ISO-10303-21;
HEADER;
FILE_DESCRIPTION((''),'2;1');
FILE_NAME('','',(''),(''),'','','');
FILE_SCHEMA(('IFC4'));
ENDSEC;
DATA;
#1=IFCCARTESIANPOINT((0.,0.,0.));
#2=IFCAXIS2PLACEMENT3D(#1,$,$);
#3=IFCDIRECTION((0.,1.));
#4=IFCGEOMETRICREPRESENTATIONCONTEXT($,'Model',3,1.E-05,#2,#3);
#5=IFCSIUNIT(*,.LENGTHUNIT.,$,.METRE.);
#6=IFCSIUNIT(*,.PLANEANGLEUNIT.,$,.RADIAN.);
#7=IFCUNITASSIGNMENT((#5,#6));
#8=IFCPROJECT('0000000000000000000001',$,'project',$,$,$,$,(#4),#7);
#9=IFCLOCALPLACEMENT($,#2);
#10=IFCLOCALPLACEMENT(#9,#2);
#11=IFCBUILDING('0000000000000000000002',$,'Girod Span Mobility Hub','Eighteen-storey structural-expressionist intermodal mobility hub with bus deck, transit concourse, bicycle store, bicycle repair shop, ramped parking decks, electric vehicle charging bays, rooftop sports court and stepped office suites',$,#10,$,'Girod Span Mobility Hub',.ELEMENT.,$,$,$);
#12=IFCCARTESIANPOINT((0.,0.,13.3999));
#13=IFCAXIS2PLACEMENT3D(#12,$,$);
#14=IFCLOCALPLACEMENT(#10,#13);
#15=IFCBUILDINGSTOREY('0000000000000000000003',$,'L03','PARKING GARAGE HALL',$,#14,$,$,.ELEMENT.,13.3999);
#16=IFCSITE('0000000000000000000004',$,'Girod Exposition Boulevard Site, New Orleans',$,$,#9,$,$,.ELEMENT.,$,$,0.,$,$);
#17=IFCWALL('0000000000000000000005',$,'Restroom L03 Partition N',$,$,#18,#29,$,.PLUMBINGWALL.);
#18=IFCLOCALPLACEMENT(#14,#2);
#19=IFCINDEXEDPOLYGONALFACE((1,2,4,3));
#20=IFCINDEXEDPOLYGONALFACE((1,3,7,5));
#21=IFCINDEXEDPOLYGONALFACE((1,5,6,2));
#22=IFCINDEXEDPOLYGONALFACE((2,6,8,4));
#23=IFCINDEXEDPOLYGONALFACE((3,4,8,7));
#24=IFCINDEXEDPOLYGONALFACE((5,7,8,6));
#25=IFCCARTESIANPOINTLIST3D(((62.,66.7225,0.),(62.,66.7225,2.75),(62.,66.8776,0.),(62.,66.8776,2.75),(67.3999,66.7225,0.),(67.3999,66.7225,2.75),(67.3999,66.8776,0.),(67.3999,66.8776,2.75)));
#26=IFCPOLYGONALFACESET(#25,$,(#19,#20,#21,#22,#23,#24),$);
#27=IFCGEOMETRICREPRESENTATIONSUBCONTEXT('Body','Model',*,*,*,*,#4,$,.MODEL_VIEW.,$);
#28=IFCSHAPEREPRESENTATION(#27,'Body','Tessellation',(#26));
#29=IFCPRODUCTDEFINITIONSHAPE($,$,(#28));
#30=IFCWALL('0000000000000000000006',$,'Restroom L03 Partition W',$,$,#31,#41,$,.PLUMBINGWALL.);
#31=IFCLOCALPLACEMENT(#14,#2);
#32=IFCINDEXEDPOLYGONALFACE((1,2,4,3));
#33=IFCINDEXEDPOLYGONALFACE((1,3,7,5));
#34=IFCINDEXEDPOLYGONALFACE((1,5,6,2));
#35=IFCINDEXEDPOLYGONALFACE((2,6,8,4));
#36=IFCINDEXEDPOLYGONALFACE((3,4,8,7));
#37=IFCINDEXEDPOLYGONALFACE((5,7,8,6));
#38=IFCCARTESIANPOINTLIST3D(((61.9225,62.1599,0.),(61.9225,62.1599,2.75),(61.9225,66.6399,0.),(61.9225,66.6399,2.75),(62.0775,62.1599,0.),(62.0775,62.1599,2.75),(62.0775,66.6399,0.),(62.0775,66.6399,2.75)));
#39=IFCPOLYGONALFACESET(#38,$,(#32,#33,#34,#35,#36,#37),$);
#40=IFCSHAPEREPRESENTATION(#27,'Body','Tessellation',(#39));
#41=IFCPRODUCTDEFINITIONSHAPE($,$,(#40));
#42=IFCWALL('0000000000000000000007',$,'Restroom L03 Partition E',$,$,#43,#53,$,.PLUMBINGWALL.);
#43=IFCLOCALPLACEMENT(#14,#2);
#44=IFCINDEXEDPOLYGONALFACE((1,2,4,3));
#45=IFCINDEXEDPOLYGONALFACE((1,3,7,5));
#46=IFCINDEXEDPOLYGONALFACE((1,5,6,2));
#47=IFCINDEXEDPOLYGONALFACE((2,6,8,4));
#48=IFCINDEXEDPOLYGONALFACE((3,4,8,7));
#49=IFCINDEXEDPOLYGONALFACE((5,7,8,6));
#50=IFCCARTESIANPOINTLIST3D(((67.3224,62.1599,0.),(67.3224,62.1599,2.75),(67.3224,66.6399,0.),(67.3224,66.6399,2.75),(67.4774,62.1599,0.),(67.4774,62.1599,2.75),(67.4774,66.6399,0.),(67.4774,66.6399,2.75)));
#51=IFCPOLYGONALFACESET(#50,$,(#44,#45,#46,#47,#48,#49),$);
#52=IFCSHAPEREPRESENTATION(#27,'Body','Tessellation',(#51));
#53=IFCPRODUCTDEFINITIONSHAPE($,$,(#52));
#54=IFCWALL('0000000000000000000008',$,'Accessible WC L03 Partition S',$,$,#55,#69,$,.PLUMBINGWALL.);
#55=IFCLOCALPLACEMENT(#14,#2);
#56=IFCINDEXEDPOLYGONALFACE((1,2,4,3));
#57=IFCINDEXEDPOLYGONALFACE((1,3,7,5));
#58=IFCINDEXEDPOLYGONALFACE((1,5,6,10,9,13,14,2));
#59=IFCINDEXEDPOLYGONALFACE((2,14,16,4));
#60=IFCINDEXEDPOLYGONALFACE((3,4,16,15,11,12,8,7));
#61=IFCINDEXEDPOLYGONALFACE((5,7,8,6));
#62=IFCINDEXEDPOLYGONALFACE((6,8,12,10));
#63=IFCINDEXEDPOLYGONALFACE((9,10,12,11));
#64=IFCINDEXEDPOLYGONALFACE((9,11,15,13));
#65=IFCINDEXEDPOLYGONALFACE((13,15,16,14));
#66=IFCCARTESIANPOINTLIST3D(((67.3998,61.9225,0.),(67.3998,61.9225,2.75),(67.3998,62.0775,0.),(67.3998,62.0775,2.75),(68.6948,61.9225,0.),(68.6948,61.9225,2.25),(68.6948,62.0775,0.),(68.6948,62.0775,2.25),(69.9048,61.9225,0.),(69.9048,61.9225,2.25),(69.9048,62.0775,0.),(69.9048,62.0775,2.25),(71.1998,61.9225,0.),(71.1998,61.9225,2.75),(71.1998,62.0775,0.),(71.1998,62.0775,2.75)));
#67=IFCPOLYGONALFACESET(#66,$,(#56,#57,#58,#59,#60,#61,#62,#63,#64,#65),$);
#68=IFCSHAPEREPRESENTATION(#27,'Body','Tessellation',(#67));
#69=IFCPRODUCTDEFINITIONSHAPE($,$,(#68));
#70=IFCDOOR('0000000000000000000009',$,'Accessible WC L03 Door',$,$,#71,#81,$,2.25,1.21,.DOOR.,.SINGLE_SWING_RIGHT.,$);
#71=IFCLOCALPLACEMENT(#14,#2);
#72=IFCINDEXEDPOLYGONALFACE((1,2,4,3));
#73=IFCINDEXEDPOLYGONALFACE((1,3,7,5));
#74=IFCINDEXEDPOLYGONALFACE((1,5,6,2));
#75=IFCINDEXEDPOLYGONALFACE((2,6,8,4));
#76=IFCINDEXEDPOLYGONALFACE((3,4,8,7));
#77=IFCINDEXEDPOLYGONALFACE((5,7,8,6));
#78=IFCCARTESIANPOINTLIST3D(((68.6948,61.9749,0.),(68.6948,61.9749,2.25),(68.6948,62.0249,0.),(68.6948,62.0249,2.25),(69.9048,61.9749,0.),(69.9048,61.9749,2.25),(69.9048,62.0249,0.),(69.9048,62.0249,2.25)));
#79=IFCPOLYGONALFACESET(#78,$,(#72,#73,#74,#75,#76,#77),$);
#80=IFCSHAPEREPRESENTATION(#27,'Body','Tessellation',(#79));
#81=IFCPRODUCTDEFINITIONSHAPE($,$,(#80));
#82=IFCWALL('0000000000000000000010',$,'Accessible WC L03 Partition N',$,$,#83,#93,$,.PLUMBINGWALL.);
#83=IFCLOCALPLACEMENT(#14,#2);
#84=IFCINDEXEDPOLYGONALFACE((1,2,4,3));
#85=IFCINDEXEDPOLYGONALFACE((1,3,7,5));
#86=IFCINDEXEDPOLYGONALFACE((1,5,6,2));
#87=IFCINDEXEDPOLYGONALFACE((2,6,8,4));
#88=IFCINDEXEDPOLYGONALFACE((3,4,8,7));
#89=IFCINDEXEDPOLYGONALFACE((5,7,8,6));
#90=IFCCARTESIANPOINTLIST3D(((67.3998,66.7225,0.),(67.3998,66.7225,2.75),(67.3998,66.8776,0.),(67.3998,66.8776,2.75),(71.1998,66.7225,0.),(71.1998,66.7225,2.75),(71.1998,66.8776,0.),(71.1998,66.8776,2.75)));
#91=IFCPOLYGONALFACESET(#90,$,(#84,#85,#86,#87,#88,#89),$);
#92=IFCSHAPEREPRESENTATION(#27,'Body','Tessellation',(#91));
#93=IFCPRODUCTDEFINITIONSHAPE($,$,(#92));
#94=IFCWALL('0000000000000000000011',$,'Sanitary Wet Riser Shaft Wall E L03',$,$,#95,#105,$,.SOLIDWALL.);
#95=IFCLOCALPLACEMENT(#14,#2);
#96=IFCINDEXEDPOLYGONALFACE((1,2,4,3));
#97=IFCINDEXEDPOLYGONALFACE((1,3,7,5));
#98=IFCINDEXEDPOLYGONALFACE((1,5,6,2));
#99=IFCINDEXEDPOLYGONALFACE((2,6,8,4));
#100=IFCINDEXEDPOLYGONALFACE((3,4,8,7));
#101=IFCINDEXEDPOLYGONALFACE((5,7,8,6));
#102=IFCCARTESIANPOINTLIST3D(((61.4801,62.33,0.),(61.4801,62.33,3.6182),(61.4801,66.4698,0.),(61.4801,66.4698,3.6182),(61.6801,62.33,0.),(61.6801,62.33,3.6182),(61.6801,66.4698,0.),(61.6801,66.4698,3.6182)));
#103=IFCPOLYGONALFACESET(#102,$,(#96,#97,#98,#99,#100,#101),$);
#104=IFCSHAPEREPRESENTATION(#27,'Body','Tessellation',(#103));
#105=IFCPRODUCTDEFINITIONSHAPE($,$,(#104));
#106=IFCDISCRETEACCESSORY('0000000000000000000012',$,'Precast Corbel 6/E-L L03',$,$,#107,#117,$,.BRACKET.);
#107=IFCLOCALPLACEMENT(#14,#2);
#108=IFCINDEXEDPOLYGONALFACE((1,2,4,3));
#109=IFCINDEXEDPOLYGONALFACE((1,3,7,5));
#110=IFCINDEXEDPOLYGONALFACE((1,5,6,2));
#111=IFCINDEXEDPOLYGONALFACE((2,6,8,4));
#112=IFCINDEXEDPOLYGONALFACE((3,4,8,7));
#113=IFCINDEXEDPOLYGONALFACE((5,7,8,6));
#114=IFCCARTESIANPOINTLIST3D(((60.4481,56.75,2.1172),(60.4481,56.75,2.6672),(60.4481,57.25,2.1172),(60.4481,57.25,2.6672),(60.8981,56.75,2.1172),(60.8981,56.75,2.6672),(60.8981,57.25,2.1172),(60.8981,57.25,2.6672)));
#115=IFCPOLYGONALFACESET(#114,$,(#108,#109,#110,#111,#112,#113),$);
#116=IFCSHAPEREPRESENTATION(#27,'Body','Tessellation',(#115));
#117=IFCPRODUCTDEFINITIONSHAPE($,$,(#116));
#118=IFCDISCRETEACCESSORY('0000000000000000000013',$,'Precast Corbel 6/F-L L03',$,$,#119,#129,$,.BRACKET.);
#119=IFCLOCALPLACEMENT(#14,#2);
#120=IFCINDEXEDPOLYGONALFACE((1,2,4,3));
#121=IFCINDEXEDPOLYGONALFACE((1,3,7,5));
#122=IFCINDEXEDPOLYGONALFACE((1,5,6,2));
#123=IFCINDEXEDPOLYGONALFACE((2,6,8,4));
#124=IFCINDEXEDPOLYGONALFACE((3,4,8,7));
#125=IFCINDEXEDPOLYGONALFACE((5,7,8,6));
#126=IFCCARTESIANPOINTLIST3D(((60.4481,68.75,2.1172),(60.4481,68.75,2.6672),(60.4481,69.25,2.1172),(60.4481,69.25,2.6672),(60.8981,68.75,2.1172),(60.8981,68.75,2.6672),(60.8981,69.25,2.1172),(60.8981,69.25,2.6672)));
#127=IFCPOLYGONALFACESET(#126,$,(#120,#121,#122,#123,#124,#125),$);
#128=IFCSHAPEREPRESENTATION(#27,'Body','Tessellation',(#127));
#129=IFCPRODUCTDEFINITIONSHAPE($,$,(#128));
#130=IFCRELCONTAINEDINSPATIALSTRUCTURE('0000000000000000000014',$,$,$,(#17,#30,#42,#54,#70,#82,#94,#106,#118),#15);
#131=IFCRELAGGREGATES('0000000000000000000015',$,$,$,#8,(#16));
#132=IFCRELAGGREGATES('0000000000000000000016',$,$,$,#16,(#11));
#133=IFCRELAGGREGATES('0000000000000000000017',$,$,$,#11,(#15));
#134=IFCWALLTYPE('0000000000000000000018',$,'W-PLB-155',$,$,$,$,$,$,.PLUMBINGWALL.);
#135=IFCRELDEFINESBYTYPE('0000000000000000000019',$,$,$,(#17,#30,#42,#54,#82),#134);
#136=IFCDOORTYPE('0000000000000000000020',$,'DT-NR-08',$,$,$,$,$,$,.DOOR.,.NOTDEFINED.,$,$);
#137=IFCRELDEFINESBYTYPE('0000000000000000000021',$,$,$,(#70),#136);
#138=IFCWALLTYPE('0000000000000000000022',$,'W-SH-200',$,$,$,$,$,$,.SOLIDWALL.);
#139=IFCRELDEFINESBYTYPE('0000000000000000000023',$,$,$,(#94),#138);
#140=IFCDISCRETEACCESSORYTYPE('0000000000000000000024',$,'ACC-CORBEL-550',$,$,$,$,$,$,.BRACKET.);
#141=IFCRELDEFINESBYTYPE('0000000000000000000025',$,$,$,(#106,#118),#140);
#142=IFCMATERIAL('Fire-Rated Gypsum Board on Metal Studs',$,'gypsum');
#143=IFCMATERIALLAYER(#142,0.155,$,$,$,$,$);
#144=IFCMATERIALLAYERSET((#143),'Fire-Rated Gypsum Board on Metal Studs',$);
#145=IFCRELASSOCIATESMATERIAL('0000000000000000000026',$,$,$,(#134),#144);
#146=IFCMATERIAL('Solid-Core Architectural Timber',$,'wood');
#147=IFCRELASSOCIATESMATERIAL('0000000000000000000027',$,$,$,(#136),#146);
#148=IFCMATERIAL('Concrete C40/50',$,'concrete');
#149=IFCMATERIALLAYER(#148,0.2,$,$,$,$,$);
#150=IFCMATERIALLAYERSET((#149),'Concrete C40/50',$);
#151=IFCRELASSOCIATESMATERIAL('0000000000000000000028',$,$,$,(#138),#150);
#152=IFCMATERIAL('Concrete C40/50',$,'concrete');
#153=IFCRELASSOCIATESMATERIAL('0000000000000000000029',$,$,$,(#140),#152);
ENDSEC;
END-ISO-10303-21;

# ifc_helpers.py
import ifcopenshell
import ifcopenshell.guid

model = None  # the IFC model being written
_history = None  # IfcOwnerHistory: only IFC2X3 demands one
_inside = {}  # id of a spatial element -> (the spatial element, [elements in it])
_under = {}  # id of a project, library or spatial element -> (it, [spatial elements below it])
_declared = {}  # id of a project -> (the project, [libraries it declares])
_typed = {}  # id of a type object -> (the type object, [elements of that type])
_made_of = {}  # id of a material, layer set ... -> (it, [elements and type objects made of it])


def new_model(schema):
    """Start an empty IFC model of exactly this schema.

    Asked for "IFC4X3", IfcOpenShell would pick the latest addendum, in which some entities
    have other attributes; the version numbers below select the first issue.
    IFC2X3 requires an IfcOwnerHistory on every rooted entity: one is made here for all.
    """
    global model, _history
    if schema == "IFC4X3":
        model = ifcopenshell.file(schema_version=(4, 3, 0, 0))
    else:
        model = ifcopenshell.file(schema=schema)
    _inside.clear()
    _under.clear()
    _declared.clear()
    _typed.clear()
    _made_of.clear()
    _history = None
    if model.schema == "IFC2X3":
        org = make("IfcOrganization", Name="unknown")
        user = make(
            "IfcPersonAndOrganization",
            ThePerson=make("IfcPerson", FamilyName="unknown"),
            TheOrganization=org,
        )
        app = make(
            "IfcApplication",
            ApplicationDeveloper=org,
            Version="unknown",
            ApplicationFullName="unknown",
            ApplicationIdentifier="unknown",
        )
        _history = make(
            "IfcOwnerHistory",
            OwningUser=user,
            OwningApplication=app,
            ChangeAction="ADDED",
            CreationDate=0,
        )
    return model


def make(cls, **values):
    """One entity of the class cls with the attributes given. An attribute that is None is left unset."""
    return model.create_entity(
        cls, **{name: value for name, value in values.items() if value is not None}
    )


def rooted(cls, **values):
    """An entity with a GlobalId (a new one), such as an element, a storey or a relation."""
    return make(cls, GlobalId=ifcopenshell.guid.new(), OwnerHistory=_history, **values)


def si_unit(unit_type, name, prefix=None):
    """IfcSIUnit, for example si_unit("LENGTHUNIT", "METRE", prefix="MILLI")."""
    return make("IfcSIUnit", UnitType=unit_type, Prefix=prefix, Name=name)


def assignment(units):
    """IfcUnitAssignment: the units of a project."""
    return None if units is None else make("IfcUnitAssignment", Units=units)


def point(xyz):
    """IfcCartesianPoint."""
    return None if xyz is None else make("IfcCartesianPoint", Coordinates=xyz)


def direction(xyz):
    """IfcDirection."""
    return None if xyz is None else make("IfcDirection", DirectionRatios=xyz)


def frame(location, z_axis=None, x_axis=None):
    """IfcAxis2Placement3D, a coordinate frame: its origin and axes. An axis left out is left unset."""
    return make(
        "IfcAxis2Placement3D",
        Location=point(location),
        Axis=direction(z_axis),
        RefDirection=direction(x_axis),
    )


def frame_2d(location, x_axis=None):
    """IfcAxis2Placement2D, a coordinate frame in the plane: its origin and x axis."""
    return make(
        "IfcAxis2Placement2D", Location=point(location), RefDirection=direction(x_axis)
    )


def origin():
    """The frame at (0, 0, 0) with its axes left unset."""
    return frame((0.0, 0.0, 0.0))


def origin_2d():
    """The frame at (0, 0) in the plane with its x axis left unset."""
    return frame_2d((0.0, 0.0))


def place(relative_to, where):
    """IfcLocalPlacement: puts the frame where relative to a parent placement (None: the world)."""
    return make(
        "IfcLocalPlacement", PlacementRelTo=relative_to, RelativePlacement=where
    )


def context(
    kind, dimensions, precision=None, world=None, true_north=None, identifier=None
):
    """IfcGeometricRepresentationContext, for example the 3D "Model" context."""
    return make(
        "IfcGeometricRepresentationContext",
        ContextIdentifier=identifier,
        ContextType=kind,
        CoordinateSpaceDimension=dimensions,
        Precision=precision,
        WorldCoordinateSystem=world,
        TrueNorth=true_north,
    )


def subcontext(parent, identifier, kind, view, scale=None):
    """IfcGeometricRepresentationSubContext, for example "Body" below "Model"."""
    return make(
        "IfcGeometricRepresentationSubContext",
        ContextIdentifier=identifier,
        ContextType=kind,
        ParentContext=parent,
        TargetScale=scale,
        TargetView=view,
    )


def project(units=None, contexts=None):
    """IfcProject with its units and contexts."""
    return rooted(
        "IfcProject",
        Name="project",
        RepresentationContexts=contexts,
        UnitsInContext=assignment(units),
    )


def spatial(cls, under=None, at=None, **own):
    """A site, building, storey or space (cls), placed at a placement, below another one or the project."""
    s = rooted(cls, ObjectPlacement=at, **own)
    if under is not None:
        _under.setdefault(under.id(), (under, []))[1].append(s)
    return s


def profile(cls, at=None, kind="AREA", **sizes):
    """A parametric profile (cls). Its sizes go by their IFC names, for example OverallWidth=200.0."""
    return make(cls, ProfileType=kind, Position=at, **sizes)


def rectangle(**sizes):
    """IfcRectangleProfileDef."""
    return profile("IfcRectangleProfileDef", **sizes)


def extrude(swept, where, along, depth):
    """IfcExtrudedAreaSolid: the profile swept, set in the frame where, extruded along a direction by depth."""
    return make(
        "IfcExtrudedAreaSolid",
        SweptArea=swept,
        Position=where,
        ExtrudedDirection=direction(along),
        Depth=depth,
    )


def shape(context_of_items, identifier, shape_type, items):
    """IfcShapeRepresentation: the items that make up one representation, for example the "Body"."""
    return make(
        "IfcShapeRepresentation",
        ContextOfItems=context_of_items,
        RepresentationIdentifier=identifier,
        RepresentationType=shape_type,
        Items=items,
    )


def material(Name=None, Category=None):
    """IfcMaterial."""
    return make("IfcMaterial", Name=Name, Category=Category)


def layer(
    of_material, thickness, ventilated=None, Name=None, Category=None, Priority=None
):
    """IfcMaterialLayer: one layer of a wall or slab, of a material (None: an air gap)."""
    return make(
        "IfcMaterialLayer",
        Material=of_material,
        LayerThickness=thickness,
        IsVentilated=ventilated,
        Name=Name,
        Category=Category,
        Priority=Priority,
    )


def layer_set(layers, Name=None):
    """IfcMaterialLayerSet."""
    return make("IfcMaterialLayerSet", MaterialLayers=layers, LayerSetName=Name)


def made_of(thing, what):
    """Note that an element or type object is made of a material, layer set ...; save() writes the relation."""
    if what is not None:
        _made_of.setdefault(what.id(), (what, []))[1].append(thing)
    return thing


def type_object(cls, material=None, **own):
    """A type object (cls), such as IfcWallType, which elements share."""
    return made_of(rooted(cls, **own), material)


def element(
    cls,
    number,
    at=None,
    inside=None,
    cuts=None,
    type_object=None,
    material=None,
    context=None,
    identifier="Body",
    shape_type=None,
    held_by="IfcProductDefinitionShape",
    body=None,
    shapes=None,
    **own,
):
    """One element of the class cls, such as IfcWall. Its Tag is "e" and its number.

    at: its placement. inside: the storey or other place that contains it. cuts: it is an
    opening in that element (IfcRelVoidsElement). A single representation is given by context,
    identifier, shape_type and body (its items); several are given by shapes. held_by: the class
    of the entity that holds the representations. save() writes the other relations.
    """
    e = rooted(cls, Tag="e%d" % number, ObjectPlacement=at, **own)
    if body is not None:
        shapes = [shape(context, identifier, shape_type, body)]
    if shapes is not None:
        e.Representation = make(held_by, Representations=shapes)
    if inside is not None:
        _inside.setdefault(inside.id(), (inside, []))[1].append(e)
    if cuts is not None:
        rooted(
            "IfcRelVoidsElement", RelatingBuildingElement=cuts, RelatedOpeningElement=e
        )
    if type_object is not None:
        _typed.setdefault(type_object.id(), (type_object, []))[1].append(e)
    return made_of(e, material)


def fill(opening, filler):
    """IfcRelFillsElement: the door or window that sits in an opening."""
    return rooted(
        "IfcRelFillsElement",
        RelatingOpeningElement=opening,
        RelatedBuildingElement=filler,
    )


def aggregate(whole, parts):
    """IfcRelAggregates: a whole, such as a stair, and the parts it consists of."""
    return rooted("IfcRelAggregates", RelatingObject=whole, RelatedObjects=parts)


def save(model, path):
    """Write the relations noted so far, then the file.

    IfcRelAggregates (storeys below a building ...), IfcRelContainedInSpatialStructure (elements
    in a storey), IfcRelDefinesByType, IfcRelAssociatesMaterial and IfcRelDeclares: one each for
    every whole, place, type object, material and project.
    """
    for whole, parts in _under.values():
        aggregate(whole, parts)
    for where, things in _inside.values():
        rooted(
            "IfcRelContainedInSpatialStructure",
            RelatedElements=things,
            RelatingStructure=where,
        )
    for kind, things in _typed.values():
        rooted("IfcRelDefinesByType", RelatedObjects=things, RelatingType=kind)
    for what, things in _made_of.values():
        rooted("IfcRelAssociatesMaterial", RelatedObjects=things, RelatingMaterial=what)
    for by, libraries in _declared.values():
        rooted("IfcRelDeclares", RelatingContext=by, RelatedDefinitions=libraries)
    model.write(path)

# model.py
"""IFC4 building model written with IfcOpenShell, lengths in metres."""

from ifc_helpers import new_model, si_unit, direction, frame, frame_2d, origin, origin_2d, place, context, subcontext, project, spatial, rectangle, extrude, material, layer, layer_set, type_object, element, fill, save


model = new_model("IFC4")

# Units and contexts
model_context = context("Model", 3, precision=1e-05, world=origin(), true_north=direction((0.0, 1.0)))
body_context = subcontext(model_context, "Body", "Model", "MODEL_VIEW")
ifc_project = project(units=[si_unit("LENGTHUNIT", "METRE"), si_unit("PLANEANGLEUNIT", "RADIAN")], contexts=[model_context])

# Site, building, storey
site_placement = place(None, origin())
site = spatial("IfcSite", under=ifc_project, at=site_placement, Name="Girod Exposition Boulevard Site, New Orleans", CompositionType="ELEMENT", RefElevation=0.0)
building_placement = place(site_placement, origin())
building = spatial("IfcBuilding", under=site, at=building_placement, Name="Girod Span Mobility Hub", Description="Eighteen-storey structural-expressionist intermodal mobility hub with bus deck, transit concourse, bicycle store, bicycle repair shop, ramped parking decks, electric vehicle charging bays, rooftop sports court and stepped office suites", LongName="Girod Span Mobility Hub", CompositionType="ELEMENT")
storey_placement = place(building_placement, frame((0.0, 0.0, 13.3999)))
storey = spatial("IfcBuildingStorey", under=building, at=storey_placement, Name="L03", Description="PARKING GARAGE HALL", CompositionType="ELEMENT", Elevation=13.3999)

# Shared definitions
ifc_material_1 = material(Name="Fire-Rated Gypsum Board on Metal Studs", Category="gypsum")
ifc_layer_1 = layer(ifc_material_1, 0.155)
ifc_layer_set_1 = layer_set([ifc_layer_1], Name="Fire-Rated Gypsum Board on Metal Studs")
wall_type_1 = type_object("IfcWallType", Name="W-PLB-155", PredefinedType="PLUMBINGWALL", material=ifc_layer_set_1)

# Walls
wall_1_placement = place(storey_placement, frame((62.0, 66.8, 0.0), z_axis=(0.0, 0.0, 1.0), x_axis=(1.0, 0.0, 0.0)))
element("IfcWall", 1, at=wall_1_placement, inside=storey, type_object=wall_type_1, Name="Restroom L03 Partition N", PredefinedType="PLUMBINGWALL", context=body_context, shape_type="SweptSolid", body=[
    extrude(rectangle(XDim=5.3999, YDim=0.155, at=frame_2d((2.7, 0.0))), origin(), (0.0, 0.0, 1.0), 2.75),
])
for number, where, z_axis, x_axis, name in (
    (2, (62.0, 62.1599, 0.0), (0.0, 0.0, 1.0), (0.0, 1.0, 0.0), "Restroom L03 Partition W"),
    (3, (67.3999, 62.1599, 0.0), (0.0, 0.0, 1.0), (0.0, 1.0, 0.0), "Restroom L03 Partition E"),
):
    element("IfcWall", number, at=place(storey_placement, frame(where, z_axis=z_axis, x_axis=x_axis)), inside=storey, type_object=wall_type_1, Name=name, PredefinedType="PLUMBINGWALL", context=body_context, shape_type="SweptSolid", body=[
        extrude(rectangle(XDim=4.48, YDim=0.155, at=frame_2d((2.24, 0.0))), origin(), (0.0, 0.0, 1.0), 2.75),
    ])

# Wall, opening, door
wall_2_placement = place(storey_placement, frame((67.3999, 62.0, 0.0), z_axis=(0.0, 0.0, 1.0), x_axis=(1.0, 0.0, 0.0)))
wall_2 = element("IfcWall", 4, at=wall_2_placement, inside=storey, type_object=wall_type_1, Name="Accessible WC L03 Partition S", PredefinedType="PLUMBINGWALL", context=body_context, shape_type="SweptSolid", body=[
    extrude(rectangle(XDim=3.8, YDim=0.155, at=frame_2d((1.8999, 0.0))), origin(), (0.0, 0.0, 1.0), 2.75),
])
opening_1_placement = place(wall_2_placement, frame((1.2949, 0.0, 0.0)))
opening_1 = element("IfcOpeningElement", 5, at=opening_1_placement, cuts=wall_2, PredefinedType="OPENING", context=body_context, shape_type="SweptSolid", body=[
    extrude(rectangle(XDim=1.21, YDim=2.25, at=frame_2d((0.605, 1.125))), frame((0.0, 0.0925, 0.0), z_axis=(0.0, -1.0, 0.0), x_axis=(1.0, 0.0, 0.0)), (0.0, 0.0, 1.0), 0.1851),
])
ifc_material_2 = material(Name="Solid-Core Architectural Timber", Category="wood")
door_type_1 = type_object("IfcDoorType", Name="DT-NR-08", OperationType="NOTDEFINED", PredefinedType="DOOR", material=ifc_material_2)
door_1_placement = place(opening_1_placement, origin())
door_1 = element("IfcDoor", 6, at=door_1_placement, inside=storey, type_object=door_type_1, Name="Accessible WC L03 Door", OperationType="SINGLE_SWING_RIGHT", OverallHeight=2.25, OverallWidth=1.21, PredefinedType="DOOR", context=body_context, shape_type="SweptSolid", body=[
    extrude(rectangle(XDim=1.21, YDim=2.25, at=frame_2d((0.605, 1.125))), frame((0.0, 0.0249, 0.0), z_axis=(0.0, -1.0, 0.0), x_axis=(1.0, 0.0, 0.0)), (0.0, 0.0, 1.0), 0.05),
])
fill(opening_1, door_1)

# Walls
wall_3_placement = place(storey_placement, frame((67.3999, 66.8, 0.0), z_axis=(0.0, 0.0, 1.0), x_axis=(1.0, 0.0, 0.0)))
element("IfcWall", 7, at=wall_3_placement, inside=storey, type_object=wall_type_1, Name="Accessible WC L03 Partition N", PredefinedType="PLUMBINGWALL", context=body_context, shape_type="SweptSolid", body=[
    extrude(rectangle(XDim=3.8, YDim=0.155, at=frame_2d((1.8999, 0.0))), origin(), (0.0, 0.0, 1.0), 2.75),
])
ifc_material_3 = material(Name="Concrete C40/50", Category="concrete")
ifc_layer_2 = layer(ifc_material_3, 0.2)
ifc_layer_set_2 = layer_set([ifc_layer_2], Name="Concrete C40/50")
wall_type_2 = type_object("IfcWallType", Name="W-SH-200", PredefinedType="SOLIDWALL", material=ifc_layer_set_2)
wall_4_placement = place(storey_placement, frame((61.5801, 62.3301, 0.0), z_axis=(0.0, 0.0, 1.0), x_axis=(0.0, 1.0, 0.0)))
element("IfcWall", 8, at=wall_4_placement, inside=storey, type_object=wall_type_2, Name="Sanitary Wet Riser Shaft Wall E L03", PredefinedType="SOLIDWALL", context=body_context, shape_type="SweptSolid", body=[
    extrude(rectangle(XDim=4.1399, YDim=0.2, at=frame_2d((2.0698, 0.0))), origin(), (0.0, 0.0, 1.0), 3.6182),
])

# Discrete accessories
ifc_material_4 = material(Name="Concrete C40/50", Category="concrete")
discrete_accessory_type = type_object("IfcDiscreteAccessoryType", Name="ACC-CORBEL-550", PredefinedType="BRACKET", material=ifc_material_4)
for number, where, z_axis, x_axis, name in (
    (9, (60.6731, 57.0, 2.1172), (0.0, 0.0, 1.0), (1.0, 0.0, 0.0), "Precast Corbel 6/E-L L03"),
    (10, (60.6731, 69.0, 2.1172), (0.0, 0.0, 1.0), (1.0, 0.0, 0.0), "Precast Corbel 6/F-L L03"),
):
    element("IfcDiscreteAccessory", number, at=place(storey_placement, frame(where, z_axis=z_axis, x_axis=x_axis)), inside=storey, type_object=discrete_accessory_type, Name=name, PredefinedType="BRACKET", context=body_context, shape_type="SweptSolid", body=[
        extrude(rectangle(XDim=0.45, YDim=0.5, at=origin_2d()), origin(), (0.0, 0.0, 1.0), 0.55),
    ])

save(model, "model.ifc")
